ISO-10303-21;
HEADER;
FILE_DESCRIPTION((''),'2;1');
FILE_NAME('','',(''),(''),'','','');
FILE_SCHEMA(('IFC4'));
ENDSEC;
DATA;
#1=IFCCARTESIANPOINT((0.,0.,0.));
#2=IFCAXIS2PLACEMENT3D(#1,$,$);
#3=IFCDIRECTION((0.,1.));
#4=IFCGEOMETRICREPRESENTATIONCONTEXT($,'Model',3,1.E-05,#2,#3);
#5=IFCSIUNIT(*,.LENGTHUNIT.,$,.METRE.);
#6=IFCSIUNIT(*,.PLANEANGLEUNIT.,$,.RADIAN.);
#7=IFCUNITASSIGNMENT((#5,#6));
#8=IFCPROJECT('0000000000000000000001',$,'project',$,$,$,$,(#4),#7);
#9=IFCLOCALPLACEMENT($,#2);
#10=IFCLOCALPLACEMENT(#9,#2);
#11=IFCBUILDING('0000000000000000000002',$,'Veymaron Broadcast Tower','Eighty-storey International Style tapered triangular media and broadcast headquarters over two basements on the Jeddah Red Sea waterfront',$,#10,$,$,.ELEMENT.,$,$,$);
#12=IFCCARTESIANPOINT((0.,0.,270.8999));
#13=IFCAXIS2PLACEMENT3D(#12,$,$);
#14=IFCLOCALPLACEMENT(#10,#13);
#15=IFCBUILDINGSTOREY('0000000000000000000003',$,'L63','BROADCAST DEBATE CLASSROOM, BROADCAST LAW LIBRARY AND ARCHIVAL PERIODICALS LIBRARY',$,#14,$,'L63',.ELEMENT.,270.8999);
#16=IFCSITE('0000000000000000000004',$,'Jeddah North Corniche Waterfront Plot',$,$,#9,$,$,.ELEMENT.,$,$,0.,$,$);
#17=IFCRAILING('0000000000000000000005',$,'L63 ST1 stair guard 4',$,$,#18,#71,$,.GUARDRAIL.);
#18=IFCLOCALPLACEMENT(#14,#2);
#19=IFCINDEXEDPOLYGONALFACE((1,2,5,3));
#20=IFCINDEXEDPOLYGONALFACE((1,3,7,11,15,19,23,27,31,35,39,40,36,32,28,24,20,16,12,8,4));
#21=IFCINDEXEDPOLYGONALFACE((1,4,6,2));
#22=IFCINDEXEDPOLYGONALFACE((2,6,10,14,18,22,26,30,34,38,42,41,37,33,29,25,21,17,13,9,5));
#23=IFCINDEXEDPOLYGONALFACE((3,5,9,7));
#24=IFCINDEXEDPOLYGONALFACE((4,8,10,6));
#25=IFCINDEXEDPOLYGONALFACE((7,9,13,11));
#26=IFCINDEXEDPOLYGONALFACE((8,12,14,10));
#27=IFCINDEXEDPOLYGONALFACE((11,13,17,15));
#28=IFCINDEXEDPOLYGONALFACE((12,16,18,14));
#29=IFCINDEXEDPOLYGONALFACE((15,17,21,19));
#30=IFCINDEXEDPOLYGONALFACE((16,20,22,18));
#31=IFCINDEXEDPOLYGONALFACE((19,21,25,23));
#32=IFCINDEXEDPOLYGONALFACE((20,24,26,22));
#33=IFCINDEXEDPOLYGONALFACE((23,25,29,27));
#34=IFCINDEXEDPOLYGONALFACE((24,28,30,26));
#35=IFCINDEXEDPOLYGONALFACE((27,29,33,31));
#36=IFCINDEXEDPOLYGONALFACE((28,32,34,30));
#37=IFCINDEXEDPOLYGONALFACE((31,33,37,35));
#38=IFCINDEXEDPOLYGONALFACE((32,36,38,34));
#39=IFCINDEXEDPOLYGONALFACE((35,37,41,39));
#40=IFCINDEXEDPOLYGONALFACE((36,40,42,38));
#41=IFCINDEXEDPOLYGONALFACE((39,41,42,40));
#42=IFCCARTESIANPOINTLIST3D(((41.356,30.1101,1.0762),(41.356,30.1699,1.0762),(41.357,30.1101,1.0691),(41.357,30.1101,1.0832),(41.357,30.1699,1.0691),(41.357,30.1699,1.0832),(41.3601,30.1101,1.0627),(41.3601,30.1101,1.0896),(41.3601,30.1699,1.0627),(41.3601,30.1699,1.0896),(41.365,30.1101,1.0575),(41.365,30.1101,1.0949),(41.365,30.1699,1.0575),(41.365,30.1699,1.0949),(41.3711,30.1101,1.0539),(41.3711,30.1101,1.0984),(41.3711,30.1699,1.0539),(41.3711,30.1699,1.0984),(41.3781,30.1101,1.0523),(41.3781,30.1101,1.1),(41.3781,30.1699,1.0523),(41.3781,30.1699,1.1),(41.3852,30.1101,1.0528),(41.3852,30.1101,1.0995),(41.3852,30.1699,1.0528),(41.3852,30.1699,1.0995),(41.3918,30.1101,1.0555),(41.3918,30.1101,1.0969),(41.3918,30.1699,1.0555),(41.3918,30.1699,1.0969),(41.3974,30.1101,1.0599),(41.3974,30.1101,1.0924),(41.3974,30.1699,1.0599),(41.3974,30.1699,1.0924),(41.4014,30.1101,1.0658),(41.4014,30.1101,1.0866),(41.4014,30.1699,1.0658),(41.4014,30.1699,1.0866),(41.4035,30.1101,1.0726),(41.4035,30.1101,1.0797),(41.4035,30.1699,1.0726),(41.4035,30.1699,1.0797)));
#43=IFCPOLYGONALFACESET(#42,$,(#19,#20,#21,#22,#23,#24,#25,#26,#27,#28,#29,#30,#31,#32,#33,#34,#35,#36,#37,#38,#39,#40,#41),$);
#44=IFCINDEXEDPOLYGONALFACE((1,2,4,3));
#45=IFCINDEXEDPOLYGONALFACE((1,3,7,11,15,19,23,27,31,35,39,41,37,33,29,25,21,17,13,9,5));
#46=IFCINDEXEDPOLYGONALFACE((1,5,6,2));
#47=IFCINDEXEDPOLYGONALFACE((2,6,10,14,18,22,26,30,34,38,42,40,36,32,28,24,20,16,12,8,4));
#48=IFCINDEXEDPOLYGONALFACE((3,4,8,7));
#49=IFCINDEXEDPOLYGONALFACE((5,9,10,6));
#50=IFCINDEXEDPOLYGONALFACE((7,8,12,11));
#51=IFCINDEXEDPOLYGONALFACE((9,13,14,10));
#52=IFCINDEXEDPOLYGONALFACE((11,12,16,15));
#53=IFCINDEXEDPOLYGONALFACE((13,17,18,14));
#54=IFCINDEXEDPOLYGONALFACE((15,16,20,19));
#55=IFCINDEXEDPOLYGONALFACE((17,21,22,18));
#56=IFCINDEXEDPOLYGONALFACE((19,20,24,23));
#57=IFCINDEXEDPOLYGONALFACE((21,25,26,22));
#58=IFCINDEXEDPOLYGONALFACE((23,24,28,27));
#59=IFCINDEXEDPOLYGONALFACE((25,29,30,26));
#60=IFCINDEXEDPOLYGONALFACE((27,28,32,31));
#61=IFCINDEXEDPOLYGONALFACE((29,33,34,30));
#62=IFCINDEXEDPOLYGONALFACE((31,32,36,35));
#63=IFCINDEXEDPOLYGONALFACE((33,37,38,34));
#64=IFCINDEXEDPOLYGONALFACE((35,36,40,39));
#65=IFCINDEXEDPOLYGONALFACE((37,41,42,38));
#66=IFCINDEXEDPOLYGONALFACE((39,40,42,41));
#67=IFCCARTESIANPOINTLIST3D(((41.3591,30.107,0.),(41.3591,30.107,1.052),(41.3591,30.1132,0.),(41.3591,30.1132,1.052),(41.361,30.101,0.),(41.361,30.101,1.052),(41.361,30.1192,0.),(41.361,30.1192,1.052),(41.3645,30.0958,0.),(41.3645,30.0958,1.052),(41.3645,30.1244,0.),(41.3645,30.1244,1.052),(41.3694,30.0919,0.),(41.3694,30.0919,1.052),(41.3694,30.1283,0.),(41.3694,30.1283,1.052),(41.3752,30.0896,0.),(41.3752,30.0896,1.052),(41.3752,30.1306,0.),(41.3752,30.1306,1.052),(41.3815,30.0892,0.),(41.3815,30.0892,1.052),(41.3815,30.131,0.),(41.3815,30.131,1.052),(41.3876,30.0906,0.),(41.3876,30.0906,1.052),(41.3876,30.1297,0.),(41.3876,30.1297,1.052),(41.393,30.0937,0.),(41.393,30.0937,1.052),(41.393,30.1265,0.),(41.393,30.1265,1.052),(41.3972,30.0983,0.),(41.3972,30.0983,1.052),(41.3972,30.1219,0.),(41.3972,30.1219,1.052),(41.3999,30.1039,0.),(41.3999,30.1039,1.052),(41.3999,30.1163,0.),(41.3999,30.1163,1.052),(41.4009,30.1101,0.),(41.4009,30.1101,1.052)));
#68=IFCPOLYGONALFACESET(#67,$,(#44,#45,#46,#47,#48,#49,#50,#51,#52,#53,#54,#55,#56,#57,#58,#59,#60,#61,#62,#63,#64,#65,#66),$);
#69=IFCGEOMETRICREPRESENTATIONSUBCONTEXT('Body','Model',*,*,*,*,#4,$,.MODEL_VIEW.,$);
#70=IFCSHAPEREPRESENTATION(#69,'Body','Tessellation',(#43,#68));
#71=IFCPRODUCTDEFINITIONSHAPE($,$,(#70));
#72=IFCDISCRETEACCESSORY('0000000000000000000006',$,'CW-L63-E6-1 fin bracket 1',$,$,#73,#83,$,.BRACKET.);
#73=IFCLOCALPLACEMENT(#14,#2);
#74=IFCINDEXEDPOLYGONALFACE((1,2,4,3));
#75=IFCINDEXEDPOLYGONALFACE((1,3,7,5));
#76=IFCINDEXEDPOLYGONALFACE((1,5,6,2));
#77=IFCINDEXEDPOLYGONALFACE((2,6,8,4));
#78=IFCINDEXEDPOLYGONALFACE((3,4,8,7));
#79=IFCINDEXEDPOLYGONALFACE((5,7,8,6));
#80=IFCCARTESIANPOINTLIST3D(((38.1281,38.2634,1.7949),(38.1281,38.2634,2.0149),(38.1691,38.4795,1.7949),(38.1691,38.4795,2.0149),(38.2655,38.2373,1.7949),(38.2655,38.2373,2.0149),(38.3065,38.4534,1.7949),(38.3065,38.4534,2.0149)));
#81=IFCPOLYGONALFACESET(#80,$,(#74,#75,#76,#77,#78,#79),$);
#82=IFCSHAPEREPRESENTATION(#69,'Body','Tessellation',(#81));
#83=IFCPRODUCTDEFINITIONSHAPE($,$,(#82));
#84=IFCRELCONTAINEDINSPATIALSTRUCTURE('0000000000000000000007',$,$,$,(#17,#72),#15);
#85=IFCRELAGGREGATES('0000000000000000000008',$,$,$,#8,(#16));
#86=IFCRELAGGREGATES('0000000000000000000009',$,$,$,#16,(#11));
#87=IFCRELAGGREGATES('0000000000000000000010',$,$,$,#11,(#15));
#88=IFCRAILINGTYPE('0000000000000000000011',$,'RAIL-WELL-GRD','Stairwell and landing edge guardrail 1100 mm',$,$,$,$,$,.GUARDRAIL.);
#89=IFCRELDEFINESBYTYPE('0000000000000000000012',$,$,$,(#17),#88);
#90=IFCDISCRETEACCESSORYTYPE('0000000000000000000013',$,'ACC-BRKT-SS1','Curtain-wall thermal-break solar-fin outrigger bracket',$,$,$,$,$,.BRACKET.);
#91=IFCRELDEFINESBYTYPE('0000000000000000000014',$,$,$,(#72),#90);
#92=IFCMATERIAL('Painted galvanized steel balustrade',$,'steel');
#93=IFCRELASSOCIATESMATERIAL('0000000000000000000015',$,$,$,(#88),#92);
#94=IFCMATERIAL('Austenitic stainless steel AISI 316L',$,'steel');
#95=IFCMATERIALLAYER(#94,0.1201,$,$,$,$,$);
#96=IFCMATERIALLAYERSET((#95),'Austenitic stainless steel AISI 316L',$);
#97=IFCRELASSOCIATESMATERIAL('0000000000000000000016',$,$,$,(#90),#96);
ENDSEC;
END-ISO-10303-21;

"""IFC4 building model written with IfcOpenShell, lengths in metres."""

from ifc_helpers import new_model, si_unit, direction, frame, origin, origin_2d, place, context, subcontext, project, spatial, rectangle, circle, extrude, material, layer, layer_set, type_object, element, save


model = new_model("IFC4")

# Units and contexts
model_context = context("Model", 3, precision=1e-05, world=origin(), true_north=direction((0.0, 1.0)))
body_context = subcontext(model_context, "Body", "Model", "MODEL_VIEW")
ifc_project = project(units=[si_unit("LENGTHUNIT", "METRE"), si_unit("PLANEANGLEUNIT", "RADIAN")], contexts=[model_context])

# Site, building, storey
site_placement = place(None, origin())
site = spatial("IfcSite", under=ifc_project, at=site_placement, Name="Jeddah North Corniche Waterfront Plot", CompositionType="ELEMENT", RefElevation=0.0)
building_placement = place(site_placement, origin())
building = spatial("IfcBuilding", under=site, at=building_placement, Name="Veymaron Broadcast Tower", Description="Eighty-storey International Style tapered triangular media and broadcast headquarters over two basements on the Jeddah Red Sea waterfront", CompositionType="ELEMENT")
storey_placement = place(building_placement, frame((0.0, 0.0, 270.8999)))
storey = spatial("IfcBuildingStorey", under=building, at=storey_placement, Name="L63", Description="BROADCAST DEBATE CLASSROOM, BROADCAST LAW LIBRARY AND ARCHIVAL PERIODICALS LIBRARY", LongName="L63", CompositionType="ELEMENT", Elevation=270.8999)

# Railing
ifc_material_1 = material(Name="Painted galvanized steel balustrade", Category="steel")
railing_type_1 = type_object("IfcRailingType", Name="RAIL-WELL-GRD", Description="Stairwell and landing edge guardrail 1100 mm", PredefinedType="GUARDRAIL", material=ifc_material_1)
railing_1_placement = place(storey_placement, frame((41.3799, 30.1101, 0.0)))
element("IfcRailing", 1, at=railing_1_placement, inside=storey, type_object=railing_type_1, Name="L63 ST1 stair guard 4", PredefinedType="GUARDRAIL", context=body_context, shape_type="SweptSolid", body=[
    extrude(circle(Radius=0.0239, at=origin_2d()), frame((0.0, 0.0, 1.0762), z_axis=(0.0, 1.0, 0.0), x_axis=(-1.0, 0.0, 0.0)), (0.0, 0.0, 1.0), 0.0598),
    extrude(circle(Radius=0.021, at=origin_2d()), origin(), (0.0, 0.0, 1.0), 1.052),
])

# Discrete accessory
ifc_material_2 = material(Name="Austenitic stainless steel AISI 316L", Category="steel")
ifc_layer_1 = layer(ifc_material_2, 0.1201)
ifc_layer_set_1 = layer_set([ifc_layer_1], Name="Austenitic stainless steel AISI 316L")
discrete_accessory_type = type_object("IfcDiscreteAccessoryType", Name="ACC-BRKT-SS1", Description="Curtain-wall thermal-break solar-fin outrigger bracket", PredefinedType="BRACKET", material=ifc_layer_set_1)
discrete_accessory_placement = place(storey_placement, frame((38.2173, 38.3584, 1.7949), z_axis=(0.0, 0.0, 1.0), x_axis=(0.18637, 0.98248, 0.0)))
element("IfcDiscreteAccessory", 2, at=discrete_accessory_placement, inside=storey, type_object=discrete_accessory_type, Name="CW-L63-E6-1 fin bracket 1", PredefinedType="BRACKET", context=body_context, shape_type="SweptSolid", body=[
    extrude(rectangle(XDim=0.22, YDim=0.1399, at=origin_2d()), origin(), (0.0, 0.0, 1.0), 0.22),
])

save(model, "model.ifc")
